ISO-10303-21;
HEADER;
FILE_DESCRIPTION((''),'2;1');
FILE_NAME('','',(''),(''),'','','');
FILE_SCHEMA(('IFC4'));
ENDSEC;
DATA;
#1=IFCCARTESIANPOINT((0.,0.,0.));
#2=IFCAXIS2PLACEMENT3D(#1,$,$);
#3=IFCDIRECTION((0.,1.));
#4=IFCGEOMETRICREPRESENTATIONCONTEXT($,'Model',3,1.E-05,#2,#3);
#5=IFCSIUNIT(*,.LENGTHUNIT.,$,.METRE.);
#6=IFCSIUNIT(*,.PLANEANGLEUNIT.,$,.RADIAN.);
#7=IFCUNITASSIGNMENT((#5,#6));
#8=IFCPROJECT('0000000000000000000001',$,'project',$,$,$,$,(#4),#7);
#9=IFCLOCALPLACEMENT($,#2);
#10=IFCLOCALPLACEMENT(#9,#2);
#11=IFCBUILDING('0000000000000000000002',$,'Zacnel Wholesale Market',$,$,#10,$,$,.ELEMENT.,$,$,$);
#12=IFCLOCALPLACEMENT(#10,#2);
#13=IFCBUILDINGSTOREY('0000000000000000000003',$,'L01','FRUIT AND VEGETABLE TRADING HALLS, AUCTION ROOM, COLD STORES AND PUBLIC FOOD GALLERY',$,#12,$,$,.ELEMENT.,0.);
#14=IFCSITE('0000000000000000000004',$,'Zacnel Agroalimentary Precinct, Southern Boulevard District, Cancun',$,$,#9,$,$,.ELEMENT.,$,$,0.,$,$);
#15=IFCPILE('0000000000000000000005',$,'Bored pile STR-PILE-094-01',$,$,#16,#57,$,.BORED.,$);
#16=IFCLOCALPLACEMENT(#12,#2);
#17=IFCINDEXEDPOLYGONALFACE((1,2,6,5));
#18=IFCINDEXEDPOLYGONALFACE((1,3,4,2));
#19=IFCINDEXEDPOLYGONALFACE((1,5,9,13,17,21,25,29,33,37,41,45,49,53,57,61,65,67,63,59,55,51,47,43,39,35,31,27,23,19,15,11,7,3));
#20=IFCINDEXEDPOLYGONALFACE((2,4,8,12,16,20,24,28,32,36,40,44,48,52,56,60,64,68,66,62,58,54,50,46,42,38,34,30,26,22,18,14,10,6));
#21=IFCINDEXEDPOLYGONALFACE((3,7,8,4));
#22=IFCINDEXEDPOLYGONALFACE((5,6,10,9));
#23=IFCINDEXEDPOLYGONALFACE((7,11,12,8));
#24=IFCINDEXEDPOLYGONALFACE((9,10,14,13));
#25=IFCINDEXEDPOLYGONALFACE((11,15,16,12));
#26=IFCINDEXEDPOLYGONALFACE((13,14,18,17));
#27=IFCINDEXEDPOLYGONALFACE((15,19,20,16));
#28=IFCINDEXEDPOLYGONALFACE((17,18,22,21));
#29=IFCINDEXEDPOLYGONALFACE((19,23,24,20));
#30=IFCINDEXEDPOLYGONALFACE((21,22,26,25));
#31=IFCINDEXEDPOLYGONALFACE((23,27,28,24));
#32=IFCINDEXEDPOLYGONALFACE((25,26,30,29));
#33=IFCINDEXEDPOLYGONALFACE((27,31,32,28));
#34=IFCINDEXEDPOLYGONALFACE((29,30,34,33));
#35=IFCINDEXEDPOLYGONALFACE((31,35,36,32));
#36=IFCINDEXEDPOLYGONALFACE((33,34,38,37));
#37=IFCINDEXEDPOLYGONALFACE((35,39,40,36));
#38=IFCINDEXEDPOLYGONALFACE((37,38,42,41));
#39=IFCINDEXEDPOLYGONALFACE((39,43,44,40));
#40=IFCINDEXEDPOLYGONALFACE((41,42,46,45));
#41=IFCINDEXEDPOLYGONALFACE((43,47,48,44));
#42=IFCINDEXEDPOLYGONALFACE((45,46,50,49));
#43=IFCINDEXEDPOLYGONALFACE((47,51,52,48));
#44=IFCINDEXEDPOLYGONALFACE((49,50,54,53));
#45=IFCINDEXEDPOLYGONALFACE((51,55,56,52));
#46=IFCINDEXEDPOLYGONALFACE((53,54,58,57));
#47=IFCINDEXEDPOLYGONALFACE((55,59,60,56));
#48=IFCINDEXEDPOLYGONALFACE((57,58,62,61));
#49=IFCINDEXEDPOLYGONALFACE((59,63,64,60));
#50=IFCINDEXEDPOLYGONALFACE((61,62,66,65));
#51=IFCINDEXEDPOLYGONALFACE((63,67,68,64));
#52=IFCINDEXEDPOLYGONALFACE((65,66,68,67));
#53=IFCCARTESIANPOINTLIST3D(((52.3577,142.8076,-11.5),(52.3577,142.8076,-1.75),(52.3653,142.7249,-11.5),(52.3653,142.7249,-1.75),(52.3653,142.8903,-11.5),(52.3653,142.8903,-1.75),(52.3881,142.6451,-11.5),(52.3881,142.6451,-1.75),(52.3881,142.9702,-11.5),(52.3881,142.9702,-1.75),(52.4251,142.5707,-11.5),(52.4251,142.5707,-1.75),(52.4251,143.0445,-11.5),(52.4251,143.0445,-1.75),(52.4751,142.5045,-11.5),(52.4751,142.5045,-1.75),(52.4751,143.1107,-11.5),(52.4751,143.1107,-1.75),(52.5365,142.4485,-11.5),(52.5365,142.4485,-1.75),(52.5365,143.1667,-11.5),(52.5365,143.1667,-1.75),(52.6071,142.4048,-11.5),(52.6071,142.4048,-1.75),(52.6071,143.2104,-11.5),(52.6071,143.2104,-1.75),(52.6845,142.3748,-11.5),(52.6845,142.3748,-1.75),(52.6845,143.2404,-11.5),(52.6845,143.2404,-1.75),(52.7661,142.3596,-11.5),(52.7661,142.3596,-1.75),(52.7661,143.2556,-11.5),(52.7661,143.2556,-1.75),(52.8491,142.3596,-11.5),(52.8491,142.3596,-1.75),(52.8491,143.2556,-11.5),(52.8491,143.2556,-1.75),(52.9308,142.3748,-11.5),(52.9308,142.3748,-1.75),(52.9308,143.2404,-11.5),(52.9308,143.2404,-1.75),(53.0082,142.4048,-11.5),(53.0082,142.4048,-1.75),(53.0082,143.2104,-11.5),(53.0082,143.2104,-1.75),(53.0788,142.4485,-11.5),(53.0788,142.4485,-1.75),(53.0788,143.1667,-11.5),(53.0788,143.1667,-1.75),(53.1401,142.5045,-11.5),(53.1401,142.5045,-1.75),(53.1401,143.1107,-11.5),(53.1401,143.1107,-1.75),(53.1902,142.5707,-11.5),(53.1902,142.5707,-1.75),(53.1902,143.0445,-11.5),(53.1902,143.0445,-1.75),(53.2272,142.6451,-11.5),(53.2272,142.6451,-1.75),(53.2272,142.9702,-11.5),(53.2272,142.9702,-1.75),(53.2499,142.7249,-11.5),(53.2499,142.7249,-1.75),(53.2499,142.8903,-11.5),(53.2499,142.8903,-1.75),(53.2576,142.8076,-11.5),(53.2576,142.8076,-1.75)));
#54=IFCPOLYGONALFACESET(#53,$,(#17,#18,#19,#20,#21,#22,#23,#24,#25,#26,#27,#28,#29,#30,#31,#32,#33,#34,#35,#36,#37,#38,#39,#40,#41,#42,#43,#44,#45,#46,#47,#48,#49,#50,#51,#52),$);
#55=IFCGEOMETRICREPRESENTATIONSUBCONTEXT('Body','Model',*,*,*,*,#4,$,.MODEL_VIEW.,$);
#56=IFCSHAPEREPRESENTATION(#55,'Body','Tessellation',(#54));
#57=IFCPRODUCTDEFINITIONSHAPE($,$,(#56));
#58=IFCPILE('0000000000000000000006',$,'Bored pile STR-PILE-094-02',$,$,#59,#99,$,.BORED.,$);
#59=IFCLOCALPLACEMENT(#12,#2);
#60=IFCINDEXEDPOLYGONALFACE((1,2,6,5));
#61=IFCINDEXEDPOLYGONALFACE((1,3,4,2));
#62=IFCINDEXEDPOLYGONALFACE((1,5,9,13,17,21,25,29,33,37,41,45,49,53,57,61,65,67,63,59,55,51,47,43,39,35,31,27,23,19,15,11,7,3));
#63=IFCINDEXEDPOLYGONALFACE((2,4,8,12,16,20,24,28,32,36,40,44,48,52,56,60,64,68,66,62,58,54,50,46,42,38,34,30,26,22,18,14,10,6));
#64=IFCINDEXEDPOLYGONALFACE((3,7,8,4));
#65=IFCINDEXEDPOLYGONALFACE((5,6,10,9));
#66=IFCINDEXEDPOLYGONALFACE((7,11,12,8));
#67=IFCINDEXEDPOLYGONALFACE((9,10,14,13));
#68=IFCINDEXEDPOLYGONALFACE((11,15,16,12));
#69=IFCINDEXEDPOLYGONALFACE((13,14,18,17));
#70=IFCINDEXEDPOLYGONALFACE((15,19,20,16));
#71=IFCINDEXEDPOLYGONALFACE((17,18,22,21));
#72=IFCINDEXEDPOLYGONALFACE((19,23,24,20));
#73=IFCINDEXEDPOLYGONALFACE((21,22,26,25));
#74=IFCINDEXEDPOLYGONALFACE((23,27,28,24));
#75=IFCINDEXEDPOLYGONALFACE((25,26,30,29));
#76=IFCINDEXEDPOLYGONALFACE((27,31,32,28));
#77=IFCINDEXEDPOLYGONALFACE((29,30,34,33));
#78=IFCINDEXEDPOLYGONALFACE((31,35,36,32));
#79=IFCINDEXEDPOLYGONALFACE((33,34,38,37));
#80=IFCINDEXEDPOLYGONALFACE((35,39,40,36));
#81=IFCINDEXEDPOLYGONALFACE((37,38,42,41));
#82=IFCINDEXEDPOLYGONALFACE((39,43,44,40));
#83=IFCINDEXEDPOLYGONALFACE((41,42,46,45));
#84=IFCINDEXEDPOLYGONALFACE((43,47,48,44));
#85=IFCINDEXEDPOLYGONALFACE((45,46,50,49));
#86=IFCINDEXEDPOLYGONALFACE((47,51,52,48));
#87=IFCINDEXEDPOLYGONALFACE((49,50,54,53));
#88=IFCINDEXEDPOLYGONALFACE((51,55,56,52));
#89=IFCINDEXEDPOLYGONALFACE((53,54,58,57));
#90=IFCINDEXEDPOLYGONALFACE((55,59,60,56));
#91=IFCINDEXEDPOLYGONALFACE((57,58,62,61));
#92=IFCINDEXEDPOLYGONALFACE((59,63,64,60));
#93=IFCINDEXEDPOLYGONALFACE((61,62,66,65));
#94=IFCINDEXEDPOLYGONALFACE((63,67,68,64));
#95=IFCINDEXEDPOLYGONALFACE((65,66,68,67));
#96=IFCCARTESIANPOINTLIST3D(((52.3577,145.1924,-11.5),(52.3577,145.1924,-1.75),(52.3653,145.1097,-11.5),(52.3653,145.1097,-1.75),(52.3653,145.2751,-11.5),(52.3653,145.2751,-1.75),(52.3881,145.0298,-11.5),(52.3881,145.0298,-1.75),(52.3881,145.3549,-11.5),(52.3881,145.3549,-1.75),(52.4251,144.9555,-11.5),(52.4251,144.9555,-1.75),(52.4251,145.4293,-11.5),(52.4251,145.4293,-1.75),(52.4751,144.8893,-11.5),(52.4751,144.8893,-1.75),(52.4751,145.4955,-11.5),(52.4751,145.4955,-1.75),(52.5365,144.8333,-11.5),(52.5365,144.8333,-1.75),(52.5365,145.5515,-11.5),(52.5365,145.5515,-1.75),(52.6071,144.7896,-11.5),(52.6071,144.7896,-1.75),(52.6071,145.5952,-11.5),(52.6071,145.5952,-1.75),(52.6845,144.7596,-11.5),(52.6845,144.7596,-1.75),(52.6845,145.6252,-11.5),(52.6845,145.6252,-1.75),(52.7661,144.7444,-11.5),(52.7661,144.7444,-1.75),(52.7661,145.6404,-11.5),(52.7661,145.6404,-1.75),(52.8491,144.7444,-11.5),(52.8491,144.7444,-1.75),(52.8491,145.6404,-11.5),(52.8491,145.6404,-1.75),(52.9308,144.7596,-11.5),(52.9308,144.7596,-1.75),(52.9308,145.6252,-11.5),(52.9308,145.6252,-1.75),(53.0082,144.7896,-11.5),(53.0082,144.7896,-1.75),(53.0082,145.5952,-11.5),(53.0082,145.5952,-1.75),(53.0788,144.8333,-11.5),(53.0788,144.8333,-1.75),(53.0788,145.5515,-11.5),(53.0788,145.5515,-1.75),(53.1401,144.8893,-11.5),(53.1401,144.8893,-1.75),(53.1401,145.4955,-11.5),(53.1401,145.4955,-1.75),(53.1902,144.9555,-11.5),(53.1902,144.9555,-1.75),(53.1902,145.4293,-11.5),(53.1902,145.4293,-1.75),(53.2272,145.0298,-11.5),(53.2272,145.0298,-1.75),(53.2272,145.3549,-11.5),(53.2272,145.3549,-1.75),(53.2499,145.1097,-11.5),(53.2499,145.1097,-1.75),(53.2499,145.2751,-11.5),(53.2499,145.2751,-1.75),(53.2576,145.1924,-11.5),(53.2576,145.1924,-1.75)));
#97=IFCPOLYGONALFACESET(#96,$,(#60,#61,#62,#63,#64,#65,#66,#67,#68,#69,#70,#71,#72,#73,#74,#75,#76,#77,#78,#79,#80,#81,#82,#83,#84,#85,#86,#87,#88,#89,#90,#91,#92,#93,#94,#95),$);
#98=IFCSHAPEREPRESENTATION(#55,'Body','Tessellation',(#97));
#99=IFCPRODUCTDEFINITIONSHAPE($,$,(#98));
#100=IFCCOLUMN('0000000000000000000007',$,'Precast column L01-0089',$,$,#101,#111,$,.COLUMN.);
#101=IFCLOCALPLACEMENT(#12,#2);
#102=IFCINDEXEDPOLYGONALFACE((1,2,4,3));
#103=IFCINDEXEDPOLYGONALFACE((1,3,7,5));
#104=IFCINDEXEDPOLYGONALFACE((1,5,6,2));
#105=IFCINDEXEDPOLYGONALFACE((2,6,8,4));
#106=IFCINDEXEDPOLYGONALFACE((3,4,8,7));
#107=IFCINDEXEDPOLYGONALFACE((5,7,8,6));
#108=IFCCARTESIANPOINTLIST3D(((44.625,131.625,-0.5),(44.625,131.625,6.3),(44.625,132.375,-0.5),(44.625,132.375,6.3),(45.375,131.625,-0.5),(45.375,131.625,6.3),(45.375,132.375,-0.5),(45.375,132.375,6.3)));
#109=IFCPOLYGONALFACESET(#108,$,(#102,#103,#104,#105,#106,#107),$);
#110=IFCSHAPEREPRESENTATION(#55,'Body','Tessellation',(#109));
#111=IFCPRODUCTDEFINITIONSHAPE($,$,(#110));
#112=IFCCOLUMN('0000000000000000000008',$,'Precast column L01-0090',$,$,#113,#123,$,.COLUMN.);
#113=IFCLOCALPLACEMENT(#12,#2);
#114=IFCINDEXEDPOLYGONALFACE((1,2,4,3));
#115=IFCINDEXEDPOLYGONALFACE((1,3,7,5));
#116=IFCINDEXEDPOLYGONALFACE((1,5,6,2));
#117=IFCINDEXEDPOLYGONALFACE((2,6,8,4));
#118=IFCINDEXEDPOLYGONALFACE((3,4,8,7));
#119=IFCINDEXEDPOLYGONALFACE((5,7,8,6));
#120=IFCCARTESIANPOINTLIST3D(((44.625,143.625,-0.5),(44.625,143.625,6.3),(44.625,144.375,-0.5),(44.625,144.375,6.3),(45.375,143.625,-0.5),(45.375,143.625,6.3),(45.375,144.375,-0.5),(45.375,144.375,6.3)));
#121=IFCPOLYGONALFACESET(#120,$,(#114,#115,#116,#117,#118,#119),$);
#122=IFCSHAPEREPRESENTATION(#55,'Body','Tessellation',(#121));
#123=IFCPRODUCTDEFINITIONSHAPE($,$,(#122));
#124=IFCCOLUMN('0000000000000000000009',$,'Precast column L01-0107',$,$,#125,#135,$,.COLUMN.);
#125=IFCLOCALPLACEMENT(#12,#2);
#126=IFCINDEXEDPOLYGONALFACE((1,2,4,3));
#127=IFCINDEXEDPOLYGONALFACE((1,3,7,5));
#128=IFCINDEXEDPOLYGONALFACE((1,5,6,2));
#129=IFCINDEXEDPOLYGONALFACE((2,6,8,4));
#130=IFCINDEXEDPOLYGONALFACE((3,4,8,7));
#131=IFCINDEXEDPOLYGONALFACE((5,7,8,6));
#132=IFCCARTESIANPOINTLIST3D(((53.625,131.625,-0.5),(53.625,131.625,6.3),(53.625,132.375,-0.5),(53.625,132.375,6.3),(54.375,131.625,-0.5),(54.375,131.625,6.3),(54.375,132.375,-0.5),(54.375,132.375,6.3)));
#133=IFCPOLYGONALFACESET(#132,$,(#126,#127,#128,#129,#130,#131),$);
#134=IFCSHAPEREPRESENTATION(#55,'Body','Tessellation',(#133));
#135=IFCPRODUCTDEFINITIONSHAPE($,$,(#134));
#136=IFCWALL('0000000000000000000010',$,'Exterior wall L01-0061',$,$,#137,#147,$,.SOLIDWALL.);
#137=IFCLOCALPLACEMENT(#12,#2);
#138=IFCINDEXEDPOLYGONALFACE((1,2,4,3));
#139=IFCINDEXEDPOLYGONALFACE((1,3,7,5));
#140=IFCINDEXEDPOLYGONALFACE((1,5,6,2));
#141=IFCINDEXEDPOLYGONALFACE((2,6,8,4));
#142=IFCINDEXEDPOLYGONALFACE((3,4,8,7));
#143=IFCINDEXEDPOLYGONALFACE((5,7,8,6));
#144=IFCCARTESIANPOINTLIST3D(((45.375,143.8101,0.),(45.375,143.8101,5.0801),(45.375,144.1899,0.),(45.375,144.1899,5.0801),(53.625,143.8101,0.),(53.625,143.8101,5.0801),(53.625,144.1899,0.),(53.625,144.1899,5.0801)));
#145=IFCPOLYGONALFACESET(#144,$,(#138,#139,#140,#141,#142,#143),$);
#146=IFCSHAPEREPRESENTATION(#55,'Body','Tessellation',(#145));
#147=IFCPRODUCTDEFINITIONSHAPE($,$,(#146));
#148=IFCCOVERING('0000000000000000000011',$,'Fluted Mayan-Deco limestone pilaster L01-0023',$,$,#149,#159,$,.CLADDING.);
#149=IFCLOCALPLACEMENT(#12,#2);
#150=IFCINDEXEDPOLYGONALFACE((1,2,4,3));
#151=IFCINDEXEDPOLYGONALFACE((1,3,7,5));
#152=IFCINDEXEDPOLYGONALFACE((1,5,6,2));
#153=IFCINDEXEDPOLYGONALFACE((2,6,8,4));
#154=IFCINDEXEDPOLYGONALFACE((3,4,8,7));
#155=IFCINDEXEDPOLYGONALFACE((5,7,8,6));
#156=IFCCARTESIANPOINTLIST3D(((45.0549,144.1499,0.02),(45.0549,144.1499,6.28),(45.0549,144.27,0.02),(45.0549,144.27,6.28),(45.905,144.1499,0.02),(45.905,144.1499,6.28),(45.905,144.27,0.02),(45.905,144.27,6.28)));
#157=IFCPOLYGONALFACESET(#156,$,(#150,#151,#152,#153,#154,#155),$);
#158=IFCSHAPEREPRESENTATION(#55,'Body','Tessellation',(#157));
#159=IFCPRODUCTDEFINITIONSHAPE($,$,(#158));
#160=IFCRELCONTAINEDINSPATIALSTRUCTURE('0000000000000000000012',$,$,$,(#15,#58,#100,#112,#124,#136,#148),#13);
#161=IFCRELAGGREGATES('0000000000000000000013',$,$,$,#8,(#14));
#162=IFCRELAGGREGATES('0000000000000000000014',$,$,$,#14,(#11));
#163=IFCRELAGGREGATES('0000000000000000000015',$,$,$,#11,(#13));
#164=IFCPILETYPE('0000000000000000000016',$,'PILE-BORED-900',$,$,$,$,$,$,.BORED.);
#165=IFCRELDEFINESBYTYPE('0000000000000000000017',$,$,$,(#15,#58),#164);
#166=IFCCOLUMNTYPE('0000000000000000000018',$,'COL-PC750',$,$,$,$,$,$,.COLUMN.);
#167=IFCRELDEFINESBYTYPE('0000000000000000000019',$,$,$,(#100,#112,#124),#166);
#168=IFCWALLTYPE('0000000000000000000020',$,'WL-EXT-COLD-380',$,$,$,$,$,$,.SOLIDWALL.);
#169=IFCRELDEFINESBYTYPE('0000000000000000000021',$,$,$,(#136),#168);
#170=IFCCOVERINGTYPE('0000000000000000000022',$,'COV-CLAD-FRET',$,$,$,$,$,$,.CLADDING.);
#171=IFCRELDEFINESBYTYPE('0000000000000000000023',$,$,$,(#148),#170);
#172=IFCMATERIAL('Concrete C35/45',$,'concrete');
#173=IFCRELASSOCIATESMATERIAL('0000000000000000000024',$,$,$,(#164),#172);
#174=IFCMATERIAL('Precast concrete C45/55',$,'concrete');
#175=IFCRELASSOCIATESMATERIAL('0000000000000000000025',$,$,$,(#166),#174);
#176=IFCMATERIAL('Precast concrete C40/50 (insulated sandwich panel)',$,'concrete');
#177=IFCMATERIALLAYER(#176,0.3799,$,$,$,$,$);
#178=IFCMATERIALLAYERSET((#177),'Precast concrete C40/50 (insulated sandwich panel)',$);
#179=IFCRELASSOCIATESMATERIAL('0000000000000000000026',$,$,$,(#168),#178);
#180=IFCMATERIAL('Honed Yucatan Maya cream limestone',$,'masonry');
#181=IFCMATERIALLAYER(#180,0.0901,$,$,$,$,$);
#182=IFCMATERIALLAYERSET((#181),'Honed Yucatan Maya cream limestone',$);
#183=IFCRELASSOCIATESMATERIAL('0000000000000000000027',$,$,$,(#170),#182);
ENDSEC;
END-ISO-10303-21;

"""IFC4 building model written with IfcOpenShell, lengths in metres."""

from ifc_helpers import new_model, si_unit, direction, frame, frame_2d, origin, origin_2d, place, context, subcontext, project, spatial, rectangle, circle, extrude, material, layer, layer_set, material_profile, profile_set, type_object, element, save


model = new_model("IFC4")

# Units and contexts
model_context = context("Model", 3, precision=1e-05, world=origin(), true_north=direction((0.0, 1.0)))
body_context = subcontext(model_context, "Body", "Model", "MODEL_VIEW")
ifc_project = project(units=[si_unit("LENGTHUNIT", "METRE"), si_unit("PLANEANGLEUNIT", "RADIAN")], contexts=[model_context])

# Site, building, storey
site_placement = place(None, origin())
site = spatial("IfcSite", under=ifc_project, at=site_placement, Name="Zacnel Agroalimentary Precinct, Southern Boulevard District, Cancun", CompositionType="ELEMENT", RefElevation=0.0)
building_placement = place(site_placement, origin())
building = spatial("IfcBuilding", under=site, at=building_placement, Name="Zacnel Wholesale Market", CompositionType="ELEMENT")
storey_placement = place(building_placement, origin())
storey = spatial("IfcBuildingStorey", under=building, at=storey_placement, Name="L01", Description="FRUIT AND VEGETABLE TRADING HALLS, AUCTION ROOM, COLD STORES AND PUBLIC FOOD GALLERY", CompositionType="ELEMENT", Elevation=0.0)

# Piles
ifc_material_1 = material(Name="Concrete C35/45", Category="concrete")
ifc_material_profile_1 = material_profile(ifc_material_1, circle(Radius=0.45, at=origin_2d()), Name="BORED PILE D900")
ifc_profile_set_1 = profile_set([ifc_material_profile_1], Name="Concrete C35/45")
pile_type = type_object("IfcPileType", Name="PILE-BORED-900", PredefinedType="BORED", material=ifc_profile_set_1)
for number, where, z_axis, x_axis, name in (
    (1, (52.8076, 142.8076, -1.75), (0.0, 0.0, -1.0), (1.0, 0.0, 0.0), "Bored pile STR-PILE-094-01"),
    (2, (52.8076, 145.1924, -1.75), (0.0, 0.0, -1.0), (1.0, 0.0, 0.0), "Bored pile STR-PILE-094-02"),
):
    element("IfcPile", number, at=place(storey_placement, frame(where, z_axis=z_axis, x_axis=x_axis)), inside=storey, type_object=pile_type, Name=name, PredefinedType="BORED", context=body_context, shape_type="SweptSolid", body=[
        extrude(circle(Radius=0.45, at=origin_2d()), origin(), (0.0, 0.0, 1.0), 9.75),
    ])

# Columns
ifc_material_2 = material(Name="Precast concrete C45/55", Category="concrete")
ifc_material_profile_2 = material_profile(ifc_material_2, rectangle(XDim=0.75, YDim=0.75, at=origin_2d()), Name="PC 750x750")
ifc_profile_set_2 = profile_set([ifc_material_profile_2], Name="Precast concrete C45/55")
column_type = type_object("IfcColumnType", Name="COL-PC750", PredefinedType="COLUMN", material=ifc_profile_set_2)
for number, where, z_axis, x_axis, name in (
    (3, (45.0, 132.0, -0.5), (0.0, 0.0, 1.0), (1.0, 0.0, 0.0), "Precast column L01-0089"),
    (4, (45.0, 144.0, -0.5), (0.0, 0.0, 1.0), (1.0, 0.0, 0.0), "Precast column L01-0090"),
    (5, (54.0, 132.0, -0.5), (0.0, 0.0, 1.0), (1.0, 0.0, 0.0), "Precast column L01-0107"),
):
    element("IfcColumn", number, at=place(storey_placement, frame(where, z_axis=z_axis, x_axis=x_axis)), inside=storey, type_object=column_type, Name=name, PredefinedType="COLUMN", context=body_context, shape_type="SweptSolid", body=[
        extrude(rectangle(XDim=0.75, YDim=0.75, at=origin_2d()), origin(), (0.0, 0.0, 1.0), 6.8),
    ])

# Wall
ifc_material_3 = material(Name="Precast concrete C40/50 (insulated sandwich panel)", Category="concrete")
ifc_layer_1 = layer(ifc_material_3, 0.3799)
ifc_layer_set_1 = layer_set([ifc_layer_1], Name="Precast concrete C40/50 (insulated sandwich panel)")
wall_type = type_object("IfcWallType", Name="WL-EXT-COLD-380", PredefinedType="SOLIDWALL", material=ifc_layer_set_1)
wall_placement = place(storey_placement, frame((45.375, 144.0, 0.0), z_axis=(0.0, 0.0, 1.0), x_axis=(1.0, 0.0, 0.0)))
element("IfcWall", 6, at=wall_placement, inside=storey, type_object=wall_type, Name="Exterior wall L01-0061", PredefinedType="SOLIDWALL", context=body_context, shape_type="SweptSolid", body=[
    extrude(rectangle(XDim=8.25, YDim=0.3799, at=frame_2d((4.125, 0.0))), origin(), (0.0, 0.0, 1.0), 5.0801),
])

# Covering
ifc_material_4 = material(Name="Honed Yucatan Maya cream limestone", Category="masonry")
ifc_layer_2 = layer(ifc_material_4, 0.0901)
ifc_layer_set_2 = layer_set([ifc_layer_2], Name="Honed Yucatan Maya cream limestone")
covering_type = type_object("IfcCoveringType", Name="COV-CLAD-FRET", PredefinedType="CLADDING", material=ifc_layer_set_2)
covering_placement = place(storey_placement, frame((45.48, 144.21, 0.02), z_axis=(0.0, 0.0, 1.0), x_axis=(1.0, 0.0, 0.0)))
element("IfcCovering", 7, at=covering_placement, inside=storey, type_object=covering_type, Name="Fluted Mayan-Deco limestone pilaster L01-0023", PredefinedType="CLADDING", context=body_context, shape_type="SweptSolid", body=[
    extrude(rectangle(XDim=0.8501, YDim=0.1201, at=origin_2d()), origin(), (0.0, 0.0, 1.0), 6.26),
])

save(model, "model.ifc")
